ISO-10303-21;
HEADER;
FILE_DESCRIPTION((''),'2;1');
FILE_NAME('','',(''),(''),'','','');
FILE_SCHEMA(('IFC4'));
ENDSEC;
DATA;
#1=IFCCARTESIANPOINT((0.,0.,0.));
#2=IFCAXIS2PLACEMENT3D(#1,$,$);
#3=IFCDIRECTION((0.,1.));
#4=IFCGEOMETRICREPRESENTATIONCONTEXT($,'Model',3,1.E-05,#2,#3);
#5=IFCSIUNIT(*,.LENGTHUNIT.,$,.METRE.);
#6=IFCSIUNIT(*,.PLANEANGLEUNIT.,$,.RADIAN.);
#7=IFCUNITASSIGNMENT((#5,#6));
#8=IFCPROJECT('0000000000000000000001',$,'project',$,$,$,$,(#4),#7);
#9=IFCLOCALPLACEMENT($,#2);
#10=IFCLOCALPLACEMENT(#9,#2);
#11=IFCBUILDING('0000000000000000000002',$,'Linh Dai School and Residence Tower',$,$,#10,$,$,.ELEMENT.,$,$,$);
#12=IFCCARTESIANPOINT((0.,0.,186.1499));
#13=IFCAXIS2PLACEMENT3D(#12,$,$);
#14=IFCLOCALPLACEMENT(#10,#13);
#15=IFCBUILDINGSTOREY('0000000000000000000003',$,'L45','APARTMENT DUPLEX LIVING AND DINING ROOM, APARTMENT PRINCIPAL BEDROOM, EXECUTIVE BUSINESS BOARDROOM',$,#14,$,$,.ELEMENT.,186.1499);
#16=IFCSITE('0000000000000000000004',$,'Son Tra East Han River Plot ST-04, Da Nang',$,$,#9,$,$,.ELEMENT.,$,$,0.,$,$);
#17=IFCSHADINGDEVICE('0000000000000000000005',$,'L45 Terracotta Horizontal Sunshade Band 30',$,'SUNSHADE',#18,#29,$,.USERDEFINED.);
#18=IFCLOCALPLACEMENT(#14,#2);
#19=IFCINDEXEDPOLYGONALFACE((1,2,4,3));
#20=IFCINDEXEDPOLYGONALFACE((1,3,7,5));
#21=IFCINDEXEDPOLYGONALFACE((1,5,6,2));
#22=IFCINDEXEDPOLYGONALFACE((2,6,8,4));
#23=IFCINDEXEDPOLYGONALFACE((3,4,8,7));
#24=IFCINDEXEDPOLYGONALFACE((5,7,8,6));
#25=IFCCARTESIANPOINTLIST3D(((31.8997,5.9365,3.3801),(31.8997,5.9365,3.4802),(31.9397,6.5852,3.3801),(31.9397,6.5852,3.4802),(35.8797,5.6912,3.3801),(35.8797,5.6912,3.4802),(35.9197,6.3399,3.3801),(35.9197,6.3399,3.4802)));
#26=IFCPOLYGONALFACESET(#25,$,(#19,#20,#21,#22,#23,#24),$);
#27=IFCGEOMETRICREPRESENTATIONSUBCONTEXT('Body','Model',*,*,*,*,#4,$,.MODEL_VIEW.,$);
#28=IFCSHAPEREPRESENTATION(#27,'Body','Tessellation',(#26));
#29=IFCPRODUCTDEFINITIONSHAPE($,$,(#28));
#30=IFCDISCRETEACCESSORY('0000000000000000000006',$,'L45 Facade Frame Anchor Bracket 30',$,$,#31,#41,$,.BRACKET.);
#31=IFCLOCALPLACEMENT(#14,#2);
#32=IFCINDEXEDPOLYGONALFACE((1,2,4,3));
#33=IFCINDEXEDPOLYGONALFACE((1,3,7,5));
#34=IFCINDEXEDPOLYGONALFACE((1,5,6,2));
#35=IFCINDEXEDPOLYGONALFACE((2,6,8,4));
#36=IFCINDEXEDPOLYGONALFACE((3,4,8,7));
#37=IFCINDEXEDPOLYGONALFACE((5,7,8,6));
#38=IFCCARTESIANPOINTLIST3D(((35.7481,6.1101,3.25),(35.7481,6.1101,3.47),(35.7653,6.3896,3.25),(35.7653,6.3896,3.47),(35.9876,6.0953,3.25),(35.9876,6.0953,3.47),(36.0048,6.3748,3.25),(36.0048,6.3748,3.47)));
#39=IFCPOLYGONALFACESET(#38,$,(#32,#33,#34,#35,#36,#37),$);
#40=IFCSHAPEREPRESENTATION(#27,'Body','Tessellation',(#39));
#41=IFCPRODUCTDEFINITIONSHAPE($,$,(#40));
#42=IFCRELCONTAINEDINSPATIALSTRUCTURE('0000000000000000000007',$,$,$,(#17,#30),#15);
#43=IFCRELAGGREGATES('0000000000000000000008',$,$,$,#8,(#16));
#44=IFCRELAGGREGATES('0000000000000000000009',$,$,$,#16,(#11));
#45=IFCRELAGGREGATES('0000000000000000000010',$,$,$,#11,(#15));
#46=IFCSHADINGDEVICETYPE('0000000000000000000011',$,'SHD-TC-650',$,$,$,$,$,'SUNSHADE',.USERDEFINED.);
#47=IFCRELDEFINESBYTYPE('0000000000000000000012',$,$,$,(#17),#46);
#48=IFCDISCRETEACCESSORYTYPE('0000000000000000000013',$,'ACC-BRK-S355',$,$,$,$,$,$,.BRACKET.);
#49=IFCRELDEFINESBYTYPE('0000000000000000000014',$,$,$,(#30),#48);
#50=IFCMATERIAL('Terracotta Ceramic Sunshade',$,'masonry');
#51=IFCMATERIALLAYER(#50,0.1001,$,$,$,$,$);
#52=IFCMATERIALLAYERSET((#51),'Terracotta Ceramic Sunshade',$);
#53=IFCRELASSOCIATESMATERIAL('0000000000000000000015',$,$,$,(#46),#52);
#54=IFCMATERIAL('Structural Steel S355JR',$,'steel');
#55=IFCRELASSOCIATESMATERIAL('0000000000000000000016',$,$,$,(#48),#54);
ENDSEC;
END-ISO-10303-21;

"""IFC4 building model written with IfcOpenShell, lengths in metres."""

from ifc_helpers import new_model, si_unit, direction, frame, origin, origin_2d, place, context, subcontext, project, spatial, rectangle, extrude, source, transform, mapped, material, layer, layer_set, type_object, element, save


model = new_model("IFC4")

# Units and contexts
model_context = context("Model", 3, precision=1e-05, world=origin(), true_north=direction((0.0, 1.0)))
body_context = subcontext(model_context, "Body", "Model", "MODEL_VIEW")
ifc_project = project(units=[si_unit("LENGTHUNIT", "METRE"), si_unit("PLANEANGLEUNIT", "RADIAN")], contexts=[model_context])

# Site, building, storey
site_placement = place(None, origin())
site = spatial("IfcSite", under=ifc_project, at=site_placement, Name="Son Tra East Han River Plot ST-04, Da Nang", CompositionType="ELEMENT", RefElevation=0.0)
building_placement = place(site_placement, origin())
building = spatial("IfcBuilding", under=site, at=building_placement, Name="Linh Dai School and Residence Tower", CompositionType="ELEMENT")
storey_placement = place(building_placement, frame((0.0, 0.0, 186.1499)))
storey = spatial("IfcBuildingStorey", under=building, at=storey_placement, Name="L45", Description="APARTMENT DUPLEX LIVING AND DINING ROOM, APARTMENT PRINCIPAL BEDROOM, EXECUTIVE BUSINESS BOARDROOM", CompositionType="ELEMENT", Elevation=186.1499)

# Shared definitions
ifc_material_1 = material(Name="Structural Steel S355JR", Category="steel")

# Shading device
ifc_material_2 = material(Name="Terracotta Ceramic Sunshade", Category="masonry")
ifc_layer_1 = layer(ifc_material_2, 0.1001)
ifc_layer_set_1 = layer_set([ifc_layer_1], Name="Terracotta Ceramic Sunshade")
shading_device_type = type_object("IfcShadingDeviceType", Name="SHD-TC-650", ElementType="SUNSHADE", PredefinedType="USERDEFINED", material=ifc_layer_set_1)
shared_shape_1 = source(origin(), body_context, "Body", "SweptSolid", [
    extrude(rectangle(XDim=3.9875, YDim=0.6499, at=origin_2d()), origin(), (0.0, 0.0, 1.0), 0.1001),
])
shading_device_placement = place(storey_placement, frame((33.9097, 6.1382, 3.3801), z_axis=(0.0, 0.0, 1.0), x_axis=(-0.998106, 0.061512, 0.0)))
element("IfcShadingDevice", 1, at=shading_device_placement, inside=storey, type_object=shading_device_type, Name="L45 Terracotta Horizontal Sunshade Band 30", ObjectType="SUNSHADE", PredefinedType="USERDEFINED", context=body_context, shape_type="MappedRepresentation", body=[
    mapped(shared_shape_1, transform((0.0, 0.0, 0.0), x_axis=(1.0, 0.0, 0.0), y_axis=(0.0, 1.0, 0.0), z_axis=(0.0, 0.0, 1.0), scale=1.0)),
])

# Discrete accessory
discrete_accessory_type = type_object("IfcDiscreteAccessoryType", Name="ACC-BRK-S355", PredefinedType="BRACKET", material=ifc_material_1)
shared_shape_2 = source(origin(), body_context, "Body", "SweptSolid", [
    extrude(rectangle(XDim=0.28, YDim=0.24, at=origin_2d()), origin(), (0.0, 0.0, 1.0), 0.22),
])
discrete_accessory_placement = place(storey_placement, frame((35.8765, 6.2424, 3.25), z_axis=(0.0, 0.0, 1.0), x_axis=(-0.061512, -0.998106, 0.0)))
element("IfcDiscreteAccessory", 2, at=discrete_accessory_placement, inside=storey, type_object=discrete_accessory_type, Name="L45 Facade Frame Anchor Bracket 30", PredefinedType="BRACKET", context=body_context, shape_type="MappedRepresentation", body=[
    mapped(shared_shape_2, transform((0.0, 0.0, 0.0), x_axis=(1.0, 0.0, 0.0), y_axis=(0.0, 1.0, 0.0), z_axis=(0.0, 0.0, 1.0), scale=1.0)),
])

save(model, "model.ifc")
